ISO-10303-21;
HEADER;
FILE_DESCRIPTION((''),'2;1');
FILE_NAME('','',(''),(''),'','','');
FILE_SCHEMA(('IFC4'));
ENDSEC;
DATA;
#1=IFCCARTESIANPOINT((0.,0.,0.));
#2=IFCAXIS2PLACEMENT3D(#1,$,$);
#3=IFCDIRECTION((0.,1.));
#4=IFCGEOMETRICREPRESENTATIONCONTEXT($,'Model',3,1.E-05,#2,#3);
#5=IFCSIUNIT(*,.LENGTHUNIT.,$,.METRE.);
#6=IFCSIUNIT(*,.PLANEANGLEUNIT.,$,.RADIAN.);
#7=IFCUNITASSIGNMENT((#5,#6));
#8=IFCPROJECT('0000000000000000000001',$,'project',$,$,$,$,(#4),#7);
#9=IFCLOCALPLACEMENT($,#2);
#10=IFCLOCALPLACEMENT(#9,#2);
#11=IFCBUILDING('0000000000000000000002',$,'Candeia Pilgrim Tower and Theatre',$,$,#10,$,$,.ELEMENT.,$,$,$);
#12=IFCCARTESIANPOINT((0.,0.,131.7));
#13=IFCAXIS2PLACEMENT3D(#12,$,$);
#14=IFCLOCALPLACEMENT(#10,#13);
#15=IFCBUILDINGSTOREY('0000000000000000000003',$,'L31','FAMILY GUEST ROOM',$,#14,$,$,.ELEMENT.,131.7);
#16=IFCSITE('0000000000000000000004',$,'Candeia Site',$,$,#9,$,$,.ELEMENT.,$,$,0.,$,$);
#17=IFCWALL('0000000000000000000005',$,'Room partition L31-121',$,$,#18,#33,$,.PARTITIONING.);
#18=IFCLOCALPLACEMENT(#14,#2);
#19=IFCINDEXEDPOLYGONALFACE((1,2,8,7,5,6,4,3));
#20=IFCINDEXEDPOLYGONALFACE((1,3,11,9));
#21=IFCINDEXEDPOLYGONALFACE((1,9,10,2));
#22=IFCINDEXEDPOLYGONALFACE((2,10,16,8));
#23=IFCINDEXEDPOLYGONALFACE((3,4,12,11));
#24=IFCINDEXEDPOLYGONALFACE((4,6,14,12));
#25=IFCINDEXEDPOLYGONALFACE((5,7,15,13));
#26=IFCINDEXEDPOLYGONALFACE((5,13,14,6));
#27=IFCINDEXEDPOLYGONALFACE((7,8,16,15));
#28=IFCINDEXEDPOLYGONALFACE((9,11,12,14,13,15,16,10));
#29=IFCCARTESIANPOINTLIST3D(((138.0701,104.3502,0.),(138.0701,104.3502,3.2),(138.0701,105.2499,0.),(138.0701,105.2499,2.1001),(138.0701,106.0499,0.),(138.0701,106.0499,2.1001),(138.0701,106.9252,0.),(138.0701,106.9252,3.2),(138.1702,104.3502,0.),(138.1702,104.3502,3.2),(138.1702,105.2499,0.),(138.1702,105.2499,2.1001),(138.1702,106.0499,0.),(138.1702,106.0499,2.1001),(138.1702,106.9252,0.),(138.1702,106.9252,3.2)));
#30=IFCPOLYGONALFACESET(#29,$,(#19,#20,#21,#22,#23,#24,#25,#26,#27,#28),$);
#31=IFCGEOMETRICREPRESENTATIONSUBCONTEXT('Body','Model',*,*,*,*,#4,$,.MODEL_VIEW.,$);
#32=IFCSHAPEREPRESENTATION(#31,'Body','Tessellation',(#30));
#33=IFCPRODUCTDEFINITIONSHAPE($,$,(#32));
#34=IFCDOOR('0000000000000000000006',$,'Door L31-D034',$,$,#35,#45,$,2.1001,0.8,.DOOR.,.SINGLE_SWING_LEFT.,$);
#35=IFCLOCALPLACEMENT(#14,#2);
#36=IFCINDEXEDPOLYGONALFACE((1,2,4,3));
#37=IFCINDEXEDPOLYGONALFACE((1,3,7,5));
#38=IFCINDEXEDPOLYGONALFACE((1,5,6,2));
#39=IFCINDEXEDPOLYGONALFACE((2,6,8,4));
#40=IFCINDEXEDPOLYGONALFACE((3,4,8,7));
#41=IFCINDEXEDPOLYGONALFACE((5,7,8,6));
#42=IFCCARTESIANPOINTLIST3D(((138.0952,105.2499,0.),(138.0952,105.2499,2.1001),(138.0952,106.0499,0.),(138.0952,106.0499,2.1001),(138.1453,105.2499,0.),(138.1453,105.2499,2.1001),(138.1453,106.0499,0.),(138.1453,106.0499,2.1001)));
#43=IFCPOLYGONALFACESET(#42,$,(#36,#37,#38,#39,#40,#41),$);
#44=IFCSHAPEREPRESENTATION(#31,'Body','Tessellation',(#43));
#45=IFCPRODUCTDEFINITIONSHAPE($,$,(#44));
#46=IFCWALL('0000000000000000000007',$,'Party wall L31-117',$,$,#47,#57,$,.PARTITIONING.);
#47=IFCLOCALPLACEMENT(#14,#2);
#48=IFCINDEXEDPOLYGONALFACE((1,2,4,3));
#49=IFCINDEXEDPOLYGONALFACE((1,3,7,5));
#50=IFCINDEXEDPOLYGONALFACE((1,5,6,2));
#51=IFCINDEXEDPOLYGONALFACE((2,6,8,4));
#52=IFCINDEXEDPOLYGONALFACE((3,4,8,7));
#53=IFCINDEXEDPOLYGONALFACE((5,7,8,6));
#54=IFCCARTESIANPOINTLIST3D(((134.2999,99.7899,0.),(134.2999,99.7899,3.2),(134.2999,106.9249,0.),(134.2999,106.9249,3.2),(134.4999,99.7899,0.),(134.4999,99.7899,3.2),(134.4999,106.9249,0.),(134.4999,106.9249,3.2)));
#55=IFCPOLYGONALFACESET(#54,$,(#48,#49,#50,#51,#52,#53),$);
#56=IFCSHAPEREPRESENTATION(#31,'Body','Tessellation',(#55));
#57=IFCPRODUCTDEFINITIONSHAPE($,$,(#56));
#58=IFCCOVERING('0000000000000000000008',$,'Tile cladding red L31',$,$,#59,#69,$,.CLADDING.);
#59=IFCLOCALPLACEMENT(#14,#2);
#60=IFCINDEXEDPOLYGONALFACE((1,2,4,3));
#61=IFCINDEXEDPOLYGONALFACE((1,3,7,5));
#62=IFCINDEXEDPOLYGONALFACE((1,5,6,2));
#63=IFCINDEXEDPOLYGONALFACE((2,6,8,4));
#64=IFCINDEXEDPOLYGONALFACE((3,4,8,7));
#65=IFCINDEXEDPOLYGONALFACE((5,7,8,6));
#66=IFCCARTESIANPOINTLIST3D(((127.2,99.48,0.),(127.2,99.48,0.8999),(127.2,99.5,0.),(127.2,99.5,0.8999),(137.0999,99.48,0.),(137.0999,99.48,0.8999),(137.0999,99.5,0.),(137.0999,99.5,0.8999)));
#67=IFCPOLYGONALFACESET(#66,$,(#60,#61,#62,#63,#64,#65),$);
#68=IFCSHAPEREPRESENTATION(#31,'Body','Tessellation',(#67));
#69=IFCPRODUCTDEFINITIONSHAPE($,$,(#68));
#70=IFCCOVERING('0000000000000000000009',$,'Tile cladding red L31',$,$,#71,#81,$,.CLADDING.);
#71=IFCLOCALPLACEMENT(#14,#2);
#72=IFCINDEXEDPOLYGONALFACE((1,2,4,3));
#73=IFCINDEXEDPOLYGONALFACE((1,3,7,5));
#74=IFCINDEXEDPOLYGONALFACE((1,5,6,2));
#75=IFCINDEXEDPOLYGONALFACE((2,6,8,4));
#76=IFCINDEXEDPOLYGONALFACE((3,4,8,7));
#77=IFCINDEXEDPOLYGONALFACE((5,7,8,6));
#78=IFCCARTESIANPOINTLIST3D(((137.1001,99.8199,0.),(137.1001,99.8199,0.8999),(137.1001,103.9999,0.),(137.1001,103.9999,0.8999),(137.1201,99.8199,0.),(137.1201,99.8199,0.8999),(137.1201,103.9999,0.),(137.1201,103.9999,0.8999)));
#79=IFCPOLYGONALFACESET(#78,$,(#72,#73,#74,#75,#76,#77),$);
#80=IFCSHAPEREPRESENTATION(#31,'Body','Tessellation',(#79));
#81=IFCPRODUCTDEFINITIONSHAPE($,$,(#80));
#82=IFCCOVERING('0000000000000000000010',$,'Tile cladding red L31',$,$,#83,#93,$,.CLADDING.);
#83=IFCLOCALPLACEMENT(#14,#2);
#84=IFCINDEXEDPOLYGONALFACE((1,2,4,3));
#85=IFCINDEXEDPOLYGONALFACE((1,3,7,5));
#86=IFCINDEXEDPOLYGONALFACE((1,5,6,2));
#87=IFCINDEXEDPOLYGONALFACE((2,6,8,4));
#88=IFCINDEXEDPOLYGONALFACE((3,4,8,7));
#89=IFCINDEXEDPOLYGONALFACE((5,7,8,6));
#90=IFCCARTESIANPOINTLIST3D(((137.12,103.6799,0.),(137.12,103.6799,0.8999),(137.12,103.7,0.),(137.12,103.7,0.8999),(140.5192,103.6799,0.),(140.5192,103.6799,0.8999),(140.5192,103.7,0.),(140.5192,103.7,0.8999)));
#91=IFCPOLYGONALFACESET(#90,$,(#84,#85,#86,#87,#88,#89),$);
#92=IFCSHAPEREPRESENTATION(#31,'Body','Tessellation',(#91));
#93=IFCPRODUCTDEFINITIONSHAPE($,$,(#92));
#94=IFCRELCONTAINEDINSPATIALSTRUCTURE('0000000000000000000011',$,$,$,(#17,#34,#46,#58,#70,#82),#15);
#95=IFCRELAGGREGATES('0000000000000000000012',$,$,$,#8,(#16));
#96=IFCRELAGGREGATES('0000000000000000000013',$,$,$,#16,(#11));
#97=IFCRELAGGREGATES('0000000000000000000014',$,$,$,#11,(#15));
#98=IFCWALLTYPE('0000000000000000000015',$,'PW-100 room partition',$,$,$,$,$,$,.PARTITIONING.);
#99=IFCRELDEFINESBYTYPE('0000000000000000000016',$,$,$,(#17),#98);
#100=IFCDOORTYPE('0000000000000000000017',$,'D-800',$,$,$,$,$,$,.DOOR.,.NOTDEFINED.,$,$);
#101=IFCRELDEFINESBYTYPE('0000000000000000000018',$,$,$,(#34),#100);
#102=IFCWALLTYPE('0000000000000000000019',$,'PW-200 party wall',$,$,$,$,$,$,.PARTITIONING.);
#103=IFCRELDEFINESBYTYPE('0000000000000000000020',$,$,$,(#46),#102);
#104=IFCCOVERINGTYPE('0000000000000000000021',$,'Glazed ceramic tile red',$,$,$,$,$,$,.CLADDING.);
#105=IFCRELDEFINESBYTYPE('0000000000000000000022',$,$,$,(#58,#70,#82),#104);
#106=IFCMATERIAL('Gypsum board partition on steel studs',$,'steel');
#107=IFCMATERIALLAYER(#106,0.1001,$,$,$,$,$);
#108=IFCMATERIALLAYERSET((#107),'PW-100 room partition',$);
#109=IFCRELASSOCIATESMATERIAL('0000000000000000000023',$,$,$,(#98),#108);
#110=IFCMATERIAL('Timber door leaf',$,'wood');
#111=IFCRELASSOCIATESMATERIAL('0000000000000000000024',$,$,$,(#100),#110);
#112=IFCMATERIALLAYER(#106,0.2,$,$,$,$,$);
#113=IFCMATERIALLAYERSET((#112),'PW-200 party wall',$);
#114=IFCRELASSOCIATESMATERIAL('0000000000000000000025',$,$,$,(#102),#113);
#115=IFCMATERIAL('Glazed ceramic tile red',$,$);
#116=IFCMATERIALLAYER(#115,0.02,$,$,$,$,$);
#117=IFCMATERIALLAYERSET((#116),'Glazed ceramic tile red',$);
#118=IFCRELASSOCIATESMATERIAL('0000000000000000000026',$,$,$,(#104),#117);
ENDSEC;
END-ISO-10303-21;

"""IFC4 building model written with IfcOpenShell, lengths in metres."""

from ifc_helpers import new_model, si_unit, direction, frame, frame_2d, origin, origin_2d, place, context, subcontext, project, spatial, rectangle, extrude, material, layer, layer_set, type_object, element, fill, save


model = new_model("IFC4")

# Units and contexts
model_context = context("Model", 3, precision=1e-05, world=origin(), true_north=direction((0.0, 1.0)))
body_context = subcontext(model_context, "Body", "Model", "MODEL_VIEW")
ifc_project = project(units=[si_unit("LENGTHUNIT", "METRE"), si_unit("PLANEANGLEUNIT", "RADIAN")], contexts=[model_context])

# Site, building, storey
site_placement = place(None, origin())
site = spatial("IfcSite", under=ifc_project, at=site_placement, Name="Candeia Site", CompositionType="ELEMENT", RefElevation=0.0)
building_placement = place(site_placement, origin())
building = spatial("IfcBuilding", under=site, at=building_placement, Name="Candeia Pilgrim Tower and Theatre", CompositionType="ELEMENT")
storey_placement = place(building_placement, frame((0.0, 0.0, 131.7)))
storey = spatial("IfcBuildingStorey", under=building, at=storey_placement, Name="L31", Description="FAMILY GUEST ROOM", CompositionType="ELEMENT", Elevation=131.7)

# Shared definitions
ifc_material_1 = material(Name="Gypsum board partition on steel studs", Category="steel")
ifc_layer_1 = layer(ifc_material_1, 0.1001)
ifc_layer_set_1 = layer_set([ifc_layer_1], Name="PW-100 room partition")
wall_type_1 = type_object("IfcWallType", Name="PW-100 room partition", PredefinedType="PARTITIONING", material=ifc_layer_set_1)

# Wall, opening, door
wall_1_placement = place(storey_placement, frame((138.1201, 104.3501, 0.0), z_axis=(0.0, 0.0, 1.0), x_axis=(0.0, 1.0, 0.0)))
wall_1 = element("IfcWall", 1, at=wall_1_placement, inside=storey, type_object=wall_type_1, Name="Room partition L31-121", PredefinedType="PARTITIONING", context=body_context, shape_type="SweptSolid", body=[
    extrude(rectangle(XDim=2.575, YDim=0.1001, at=frame_2d((1.2876, 0.0))), origin(), (0.0, 0.0, 1.0), 3.2),
])
opening_1_placement = place(wall_1_placement, frame((0.8999, 0.0, 0.0)))
opening_1 = element("IfcOpeningElement", 2, at=opening_1_placement, cuts=wall_1, PredefinedType="OPENING", context=body_context, shape_type="SweptSolid", body=[
    extrude(rectangle(XDim=0.8, YDim=2.1001, at=frame_2d((0.3999, 1.05))), frame((0.0, 0.0601, 0.0), z_axis=(0.0, -1.0, 0.0), x_axis=(1.0, 0.0, 0.0)), (0.0, 0.0, 1.0), 0.1201),
])
ifc_material_2 = material(Name="Timber door leaf", Category="wood")
door_type_1 = type_object("IfcDoorType", Name="D-800", OperationType="NOTDEFINED", PredefinedType="DOOR", material=ifc_material_2)
door_1_placement = place(opening_1_placement, origin())
door_1 = element("IfcDoor", 3, at=door_1_placement, inside=storey, type_object=door_type_1, Name="Door L31-D034", OperationType="SINGLE_SWING_LEFT", OverallHeight=2.1001, OverallWidth=0.8, PredefinedType="DOOR", context=body_context, shape_type="SweptSolid", body=[
    extrude(rectangle(XDim=0.8, YDim=2.1001, at=frame_2d((0.3999, 1.05))), frame((0.0, 0.0249, 0.0), z_axis=(0.0, -1.0, 0.0), x_axis=(1.0, 0.0, 0.0)), (0.0, 0.0, 1.0), 0.05),
])
fill(opening_1, door_1)

# Wall
ifc_layer_2 = layer(ifc_material_1, 0.2)
ifc_layer_set_2 = layer_set([ifc_layer_2], Name="PW-200 party wall")
wall_type_2 = type_object("IfcWallType", Name="PW-200 party wall", PredefinedType="PARTITIONING", material=ifc_layer_set_2)
wall_2_placement = place(storey_placement, frame((134.3999, 99.79, 0.0), z_axis=(0.0, 0.0, 1.0), x_axis=(0.0, 1.0, 0.0)))
element("IfcWall", 4, at=wall_2_placement, inside=storey, type_object=wall_type_2, Name="Party wall L31-117", PredefinedType="PARTITIONING", context=body_context, shape_type="SweptSolid", body=[
    extrude(rectangle(XDim=7.135, YDim=0.2, at=frame_2d((3.5674, 0.0))), origin(), (0.0, 0.0, 1.0), 3.2),
])

# Coverings
ifc_material_3 = material(Name="Glazed ceramic tile red")
ifc_layer_3 = layer(ifc_material_3, 0.02)
ifc_layer_set_3 = layer_set([ifc_layer_3], Name="Glazed ceramic tile red")
covering_type = type_object("IfcCoveringType", Name="Glazed ceramic tile red", PredefinedType="CLADDING", material=ifc_layer_set_3)
covering_1_placement = place(storey_placement, frame((132.1499, 99.49, 0.0), z_axis=(0.0, 0.0, 1.0), x_axis=(1.0, 0.0, 0.0)))
element("IfcCovering", 5, at=covering_1_placement, inside=storey, type_object=covering_type, Name="Tile cladding red L31", PredefinedType="CLADDING", context=body_context, shape_type="SweptSolid", body=[
    extrude(rectangle(XDim=9.8999, YDim=0.02, at=origin_2d()), origin(), (0.0, 0.0, 1.0), 0.8999),
])
covering_2_placement = place(storey_placement, frame((137.1101, 101.9099, 0.0), z_axis=(0.0, 0.0, 1.0), x_axis=(0.0, 1.0, 0.0)))
element("IfcCovering", 6, at=covering_2_placement, inside=storey, type_object=covering_type, Name="Tile cladding red L31", PredefinedType="CLADDING", context=body_context, shape_type="SweptSolid", body=[
    extrude(rectangle(XDim=4.1799, YDim=0.02, at=origin_2d()), origin(), (0.0, 0.0, 1.0), 0.8999),
])
covering_3_placement = place(storey_placement, frame((138.8196, 103.6899, 0.0), z_axis=(0.0, 0.0, 1.0), x_axis=(1.0, 0.0, 0.0)))
element("IfcCovering", 7, at=covering_3_placement, inside=storey, type_object=covering_type, Name="Tile cladding red L31", PredefinedType="CLADDING", context=body_context, shape_type="SweptSolid", body=[
    extrude(rectangle(XDim=3.3992, YDim=0.02, at=origin_2d()), origin(), (0.0, 0.0, 1.0), 0.8999),
])

save(model, "model.ifc")
